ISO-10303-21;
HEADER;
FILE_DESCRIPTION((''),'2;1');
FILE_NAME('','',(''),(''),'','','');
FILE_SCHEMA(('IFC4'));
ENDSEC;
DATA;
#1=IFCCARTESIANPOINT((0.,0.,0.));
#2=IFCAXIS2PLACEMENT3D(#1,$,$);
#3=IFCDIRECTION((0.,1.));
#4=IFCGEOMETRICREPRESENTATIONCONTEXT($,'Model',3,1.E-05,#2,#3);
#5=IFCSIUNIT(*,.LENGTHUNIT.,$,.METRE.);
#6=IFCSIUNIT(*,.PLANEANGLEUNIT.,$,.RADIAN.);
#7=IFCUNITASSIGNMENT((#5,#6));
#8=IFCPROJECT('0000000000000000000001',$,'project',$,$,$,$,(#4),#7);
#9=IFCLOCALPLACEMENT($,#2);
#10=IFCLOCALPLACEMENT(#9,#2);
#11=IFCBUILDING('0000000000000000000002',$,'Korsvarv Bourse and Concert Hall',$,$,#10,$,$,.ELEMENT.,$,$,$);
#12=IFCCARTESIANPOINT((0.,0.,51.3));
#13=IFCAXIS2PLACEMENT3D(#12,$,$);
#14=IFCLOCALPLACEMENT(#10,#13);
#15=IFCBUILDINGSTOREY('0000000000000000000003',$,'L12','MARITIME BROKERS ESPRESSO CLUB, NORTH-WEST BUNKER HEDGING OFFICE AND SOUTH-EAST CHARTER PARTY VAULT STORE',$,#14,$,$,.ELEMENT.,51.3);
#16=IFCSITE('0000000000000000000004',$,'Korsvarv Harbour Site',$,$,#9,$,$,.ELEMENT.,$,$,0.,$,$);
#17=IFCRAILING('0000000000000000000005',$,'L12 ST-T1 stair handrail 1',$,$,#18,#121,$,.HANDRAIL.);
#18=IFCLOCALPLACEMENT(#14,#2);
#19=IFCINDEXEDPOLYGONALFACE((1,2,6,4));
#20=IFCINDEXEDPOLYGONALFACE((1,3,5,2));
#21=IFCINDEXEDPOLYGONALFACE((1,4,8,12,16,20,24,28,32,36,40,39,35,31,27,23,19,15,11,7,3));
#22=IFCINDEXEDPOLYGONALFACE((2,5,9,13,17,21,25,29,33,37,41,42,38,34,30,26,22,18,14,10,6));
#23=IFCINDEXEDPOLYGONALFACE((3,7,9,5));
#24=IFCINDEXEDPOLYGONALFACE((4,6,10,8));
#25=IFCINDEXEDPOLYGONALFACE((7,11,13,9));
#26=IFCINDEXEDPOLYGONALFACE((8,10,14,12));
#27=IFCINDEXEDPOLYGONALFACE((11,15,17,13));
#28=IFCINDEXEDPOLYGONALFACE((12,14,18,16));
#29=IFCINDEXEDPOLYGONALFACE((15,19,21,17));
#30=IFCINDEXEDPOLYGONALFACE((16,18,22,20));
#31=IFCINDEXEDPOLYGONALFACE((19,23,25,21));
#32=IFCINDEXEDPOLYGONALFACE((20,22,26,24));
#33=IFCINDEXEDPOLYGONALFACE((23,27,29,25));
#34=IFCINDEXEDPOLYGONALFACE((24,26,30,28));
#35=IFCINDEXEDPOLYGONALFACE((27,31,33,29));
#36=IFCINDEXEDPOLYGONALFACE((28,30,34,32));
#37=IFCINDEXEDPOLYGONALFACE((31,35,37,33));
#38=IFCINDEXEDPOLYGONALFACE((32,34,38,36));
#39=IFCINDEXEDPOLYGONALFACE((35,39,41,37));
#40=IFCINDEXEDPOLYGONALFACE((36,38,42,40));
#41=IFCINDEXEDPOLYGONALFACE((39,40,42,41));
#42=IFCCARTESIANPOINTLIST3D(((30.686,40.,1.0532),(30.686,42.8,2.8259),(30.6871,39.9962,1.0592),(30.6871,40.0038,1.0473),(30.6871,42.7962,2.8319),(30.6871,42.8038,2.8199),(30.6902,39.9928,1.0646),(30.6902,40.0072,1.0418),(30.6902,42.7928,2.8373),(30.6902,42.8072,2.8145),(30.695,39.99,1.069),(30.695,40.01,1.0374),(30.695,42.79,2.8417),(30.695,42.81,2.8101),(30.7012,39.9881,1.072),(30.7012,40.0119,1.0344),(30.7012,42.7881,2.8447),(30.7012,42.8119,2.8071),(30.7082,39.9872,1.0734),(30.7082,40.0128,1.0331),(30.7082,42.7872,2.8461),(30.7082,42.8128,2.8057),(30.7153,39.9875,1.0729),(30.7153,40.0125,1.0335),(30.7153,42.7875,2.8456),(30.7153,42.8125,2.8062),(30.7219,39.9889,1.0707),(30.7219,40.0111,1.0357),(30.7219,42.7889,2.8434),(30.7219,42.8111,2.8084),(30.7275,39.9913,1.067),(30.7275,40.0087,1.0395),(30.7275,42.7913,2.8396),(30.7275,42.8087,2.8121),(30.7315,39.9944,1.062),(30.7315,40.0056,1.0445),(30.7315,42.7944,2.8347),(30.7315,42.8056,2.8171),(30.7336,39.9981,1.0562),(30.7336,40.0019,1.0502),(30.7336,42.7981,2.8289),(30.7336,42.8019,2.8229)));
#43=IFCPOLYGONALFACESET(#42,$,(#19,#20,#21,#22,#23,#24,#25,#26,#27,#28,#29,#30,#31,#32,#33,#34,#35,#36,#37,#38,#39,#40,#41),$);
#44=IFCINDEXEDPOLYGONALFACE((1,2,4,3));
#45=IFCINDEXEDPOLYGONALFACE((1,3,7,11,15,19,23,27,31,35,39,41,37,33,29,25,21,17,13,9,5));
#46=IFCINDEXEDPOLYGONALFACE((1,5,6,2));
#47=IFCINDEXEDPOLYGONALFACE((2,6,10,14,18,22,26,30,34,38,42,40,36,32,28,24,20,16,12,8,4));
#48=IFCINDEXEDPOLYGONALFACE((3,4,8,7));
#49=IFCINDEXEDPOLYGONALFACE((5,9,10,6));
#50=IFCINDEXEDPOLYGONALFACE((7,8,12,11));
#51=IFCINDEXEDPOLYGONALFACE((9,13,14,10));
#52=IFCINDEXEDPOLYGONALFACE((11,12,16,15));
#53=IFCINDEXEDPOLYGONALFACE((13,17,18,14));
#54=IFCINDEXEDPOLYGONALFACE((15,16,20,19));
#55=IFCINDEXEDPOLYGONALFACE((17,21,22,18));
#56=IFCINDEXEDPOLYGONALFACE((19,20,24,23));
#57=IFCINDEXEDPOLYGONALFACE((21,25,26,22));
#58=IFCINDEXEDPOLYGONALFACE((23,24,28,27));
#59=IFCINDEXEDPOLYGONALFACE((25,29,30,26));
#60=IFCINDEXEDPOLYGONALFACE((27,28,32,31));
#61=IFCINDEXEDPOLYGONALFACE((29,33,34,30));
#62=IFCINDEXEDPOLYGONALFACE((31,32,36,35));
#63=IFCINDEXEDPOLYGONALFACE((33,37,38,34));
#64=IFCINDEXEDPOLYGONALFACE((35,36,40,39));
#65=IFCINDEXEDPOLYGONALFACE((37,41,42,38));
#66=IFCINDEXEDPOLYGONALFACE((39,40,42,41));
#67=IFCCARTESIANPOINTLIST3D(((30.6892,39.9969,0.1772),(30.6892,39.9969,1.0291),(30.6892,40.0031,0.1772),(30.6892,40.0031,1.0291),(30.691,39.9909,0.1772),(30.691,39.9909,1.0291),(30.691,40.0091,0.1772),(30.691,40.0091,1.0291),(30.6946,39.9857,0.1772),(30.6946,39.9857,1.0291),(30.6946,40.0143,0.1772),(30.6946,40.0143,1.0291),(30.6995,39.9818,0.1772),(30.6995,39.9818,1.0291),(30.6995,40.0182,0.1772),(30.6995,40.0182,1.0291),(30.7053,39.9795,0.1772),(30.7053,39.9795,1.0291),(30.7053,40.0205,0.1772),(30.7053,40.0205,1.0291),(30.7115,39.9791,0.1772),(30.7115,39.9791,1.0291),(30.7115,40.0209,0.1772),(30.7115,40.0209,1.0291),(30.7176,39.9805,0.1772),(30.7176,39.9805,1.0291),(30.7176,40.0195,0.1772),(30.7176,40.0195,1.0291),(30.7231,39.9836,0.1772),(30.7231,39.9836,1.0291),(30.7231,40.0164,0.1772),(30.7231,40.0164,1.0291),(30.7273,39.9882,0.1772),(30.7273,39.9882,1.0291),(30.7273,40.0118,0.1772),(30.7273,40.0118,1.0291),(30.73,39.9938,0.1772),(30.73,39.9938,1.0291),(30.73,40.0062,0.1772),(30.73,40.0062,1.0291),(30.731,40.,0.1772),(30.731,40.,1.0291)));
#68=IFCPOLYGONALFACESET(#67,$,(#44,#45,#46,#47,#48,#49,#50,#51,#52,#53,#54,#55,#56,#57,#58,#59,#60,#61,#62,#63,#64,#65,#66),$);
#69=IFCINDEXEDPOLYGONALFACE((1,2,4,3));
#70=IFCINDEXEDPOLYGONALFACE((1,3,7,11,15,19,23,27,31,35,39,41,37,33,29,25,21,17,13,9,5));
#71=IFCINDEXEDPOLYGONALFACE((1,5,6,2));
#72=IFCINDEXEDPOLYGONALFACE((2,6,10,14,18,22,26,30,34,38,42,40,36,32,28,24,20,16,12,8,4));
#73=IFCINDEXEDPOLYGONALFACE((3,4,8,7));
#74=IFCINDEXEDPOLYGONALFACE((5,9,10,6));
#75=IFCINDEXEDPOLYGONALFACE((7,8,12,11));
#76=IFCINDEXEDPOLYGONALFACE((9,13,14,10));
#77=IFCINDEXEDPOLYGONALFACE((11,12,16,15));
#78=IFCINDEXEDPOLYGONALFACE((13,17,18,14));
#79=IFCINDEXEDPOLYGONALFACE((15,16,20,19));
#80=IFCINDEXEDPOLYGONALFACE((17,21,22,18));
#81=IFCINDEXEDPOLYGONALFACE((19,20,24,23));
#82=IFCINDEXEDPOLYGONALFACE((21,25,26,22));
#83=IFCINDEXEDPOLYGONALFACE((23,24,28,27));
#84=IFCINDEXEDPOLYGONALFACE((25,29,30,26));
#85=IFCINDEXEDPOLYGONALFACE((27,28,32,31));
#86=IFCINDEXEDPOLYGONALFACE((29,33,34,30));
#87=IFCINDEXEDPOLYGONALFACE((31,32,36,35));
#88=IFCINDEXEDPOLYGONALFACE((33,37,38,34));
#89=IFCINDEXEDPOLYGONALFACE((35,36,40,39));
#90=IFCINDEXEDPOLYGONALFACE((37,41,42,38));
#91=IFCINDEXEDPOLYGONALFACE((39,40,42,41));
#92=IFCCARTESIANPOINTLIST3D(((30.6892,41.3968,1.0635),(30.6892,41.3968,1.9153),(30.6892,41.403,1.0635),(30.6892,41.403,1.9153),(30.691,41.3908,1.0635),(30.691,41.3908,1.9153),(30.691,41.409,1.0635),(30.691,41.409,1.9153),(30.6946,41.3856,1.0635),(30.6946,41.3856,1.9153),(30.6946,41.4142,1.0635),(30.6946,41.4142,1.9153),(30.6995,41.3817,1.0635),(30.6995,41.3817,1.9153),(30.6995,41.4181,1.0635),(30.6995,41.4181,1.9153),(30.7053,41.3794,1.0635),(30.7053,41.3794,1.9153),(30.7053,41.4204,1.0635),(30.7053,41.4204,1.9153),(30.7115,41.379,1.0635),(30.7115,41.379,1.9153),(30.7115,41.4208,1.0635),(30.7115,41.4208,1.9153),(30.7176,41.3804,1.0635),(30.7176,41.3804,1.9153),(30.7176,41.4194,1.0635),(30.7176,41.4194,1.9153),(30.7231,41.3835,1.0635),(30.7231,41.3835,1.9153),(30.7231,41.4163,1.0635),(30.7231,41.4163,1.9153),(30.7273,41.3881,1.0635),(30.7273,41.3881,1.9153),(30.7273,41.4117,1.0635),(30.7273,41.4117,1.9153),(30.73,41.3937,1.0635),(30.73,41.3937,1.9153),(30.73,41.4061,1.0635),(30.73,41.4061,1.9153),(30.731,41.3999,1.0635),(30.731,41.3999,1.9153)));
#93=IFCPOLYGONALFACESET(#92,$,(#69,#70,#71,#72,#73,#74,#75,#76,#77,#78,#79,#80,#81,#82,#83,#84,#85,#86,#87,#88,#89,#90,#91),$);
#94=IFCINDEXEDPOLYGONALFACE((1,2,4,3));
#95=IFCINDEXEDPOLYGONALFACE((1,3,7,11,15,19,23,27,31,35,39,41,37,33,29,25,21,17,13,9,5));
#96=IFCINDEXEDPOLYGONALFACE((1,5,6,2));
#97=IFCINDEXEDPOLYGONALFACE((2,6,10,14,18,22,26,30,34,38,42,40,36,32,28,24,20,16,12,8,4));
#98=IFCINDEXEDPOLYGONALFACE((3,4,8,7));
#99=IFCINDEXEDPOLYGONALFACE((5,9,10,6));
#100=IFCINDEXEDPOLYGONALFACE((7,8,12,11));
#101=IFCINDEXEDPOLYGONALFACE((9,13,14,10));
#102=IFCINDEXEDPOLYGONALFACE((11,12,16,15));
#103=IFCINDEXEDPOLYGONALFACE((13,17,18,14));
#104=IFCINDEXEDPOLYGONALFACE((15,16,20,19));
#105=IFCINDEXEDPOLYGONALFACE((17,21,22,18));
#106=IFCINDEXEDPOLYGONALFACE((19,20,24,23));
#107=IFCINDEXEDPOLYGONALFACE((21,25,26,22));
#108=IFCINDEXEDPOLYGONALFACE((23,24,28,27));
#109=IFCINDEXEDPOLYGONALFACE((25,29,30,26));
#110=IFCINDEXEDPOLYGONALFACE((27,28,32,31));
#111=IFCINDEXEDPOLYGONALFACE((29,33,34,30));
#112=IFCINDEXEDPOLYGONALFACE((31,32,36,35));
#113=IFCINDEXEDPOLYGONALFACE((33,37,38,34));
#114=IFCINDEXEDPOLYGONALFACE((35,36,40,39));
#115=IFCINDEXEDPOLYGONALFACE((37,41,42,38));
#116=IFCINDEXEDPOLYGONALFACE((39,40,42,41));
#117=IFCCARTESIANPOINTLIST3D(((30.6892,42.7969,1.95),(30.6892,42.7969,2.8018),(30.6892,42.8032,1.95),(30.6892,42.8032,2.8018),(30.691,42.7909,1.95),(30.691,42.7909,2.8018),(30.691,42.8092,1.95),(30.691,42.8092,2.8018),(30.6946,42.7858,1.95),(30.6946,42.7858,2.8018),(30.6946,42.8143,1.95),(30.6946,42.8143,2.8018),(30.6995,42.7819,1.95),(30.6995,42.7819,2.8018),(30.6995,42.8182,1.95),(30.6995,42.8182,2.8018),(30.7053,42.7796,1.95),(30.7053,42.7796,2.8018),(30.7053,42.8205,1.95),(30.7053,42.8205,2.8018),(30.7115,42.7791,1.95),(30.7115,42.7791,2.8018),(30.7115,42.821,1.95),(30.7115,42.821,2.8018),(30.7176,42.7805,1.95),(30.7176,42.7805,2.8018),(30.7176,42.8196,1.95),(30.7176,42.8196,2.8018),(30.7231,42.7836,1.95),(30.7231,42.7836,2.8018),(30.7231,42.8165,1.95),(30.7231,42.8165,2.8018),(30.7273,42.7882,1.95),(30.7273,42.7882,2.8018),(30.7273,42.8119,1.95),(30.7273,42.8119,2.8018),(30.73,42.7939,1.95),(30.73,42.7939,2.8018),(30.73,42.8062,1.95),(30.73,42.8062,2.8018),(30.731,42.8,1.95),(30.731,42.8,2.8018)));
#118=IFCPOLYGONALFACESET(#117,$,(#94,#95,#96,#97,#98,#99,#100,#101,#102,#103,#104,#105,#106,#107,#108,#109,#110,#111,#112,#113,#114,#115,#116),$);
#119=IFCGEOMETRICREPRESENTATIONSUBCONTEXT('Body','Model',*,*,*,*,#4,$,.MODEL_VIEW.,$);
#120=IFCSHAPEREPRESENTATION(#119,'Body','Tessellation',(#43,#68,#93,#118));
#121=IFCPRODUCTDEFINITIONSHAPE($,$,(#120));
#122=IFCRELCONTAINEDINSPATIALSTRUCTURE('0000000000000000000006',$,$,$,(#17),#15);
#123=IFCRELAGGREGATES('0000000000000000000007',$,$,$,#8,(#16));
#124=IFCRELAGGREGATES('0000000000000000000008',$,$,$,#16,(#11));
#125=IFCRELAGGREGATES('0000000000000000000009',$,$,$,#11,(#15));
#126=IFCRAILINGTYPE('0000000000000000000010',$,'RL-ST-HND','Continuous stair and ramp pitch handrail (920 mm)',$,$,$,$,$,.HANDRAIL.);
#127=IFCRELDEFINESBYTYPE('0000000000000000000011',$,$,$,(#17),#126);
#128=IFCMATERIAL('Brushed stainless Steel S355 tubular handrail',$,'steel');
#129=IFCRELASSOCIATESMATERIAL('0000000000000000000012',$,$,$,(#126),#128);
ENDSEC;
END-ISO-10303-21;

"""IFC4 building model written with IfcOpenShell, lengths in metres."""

from ifc_helpers import new_model, si_unit, direction, frame, origin, origin_2d, place, context, subcontext, project, spatial, circle, extrude, material, type_object, element, save


model = new_model("IFC4")

# Units and contexts
model_context = context("Model", 3, precision=1e-05, world=origin(), true_north=direction((0.0, 1.0)))
body_context = subcontext(model_context, "Body", "Model", "MODEL_VIEW")
ifc_project = project(units=[si_unit("LENGTHUNIT", "METRE"), si_unit("PLANEANGLEUNIT", "RADIAN")], contexts=[model_context])

# Site, building, storey
site_placement = place(None, origin())
site = spatial("IfcSite", under=ifc_project, at=site_placement, Name="Korsvarv Harbour Site", CompositionType="ELEMENT", RefElevation=0.0)
building_placement = place(site_placement, origin())
building = spatial("IfcBuilding", under=site, at=building_placement, Name="Korsvarv Bourse and Concert Hall", CompositionType="ELEMENT")
storey_placement = place(building_placement, frame((0.0, 0.0, 51.3)))
storey = spatial("IfcBuildingStorey", under=building, at=storey_placement, Name="L12", Description="MARITIME BROKERS ESPRESSO CLUB, NORTH-WEST BUNKER HEDGING OFFICE AND SOUTH-EAST CHARTER PARTY VAULT STORE", CompositionType="ELEMENT", Elevation=51.3)

# Railing
ifc_material_1 = material(Name="Brushed stainless Steel S355 tubular handrail", Category="steel")
railing_type_1 = type_object("IfcRailingType", Name="RL-ST-HND", Description="Continuous stair and ramp pitch handrail (920 mm)", PredefinedType="HANDRAIL", material=ifc_material_1)
railing_1_placement = place(storey_placement, frame((30.71, 40.0, 0.1772)))
element("IfcRailing", 1, at=railing_1_placement, inside=storey, type_object=railing_type_1, Name="L12 ST-T1 stair handrail 1", PredefinedType="HANDRAIL", context=body_context, shape_type="SweptSolid", body=[
    extrude(circle(Radius=0.0239, at=origin_2d()), frame((0.0, 0.0, 0.876), z_axis=(0.0, 0.844909, 0.53491), x_axis=(-1.0, 0.0, 0.0)), (0.0, 0.0, 1.0), 3.314),
    extrude(circle(Radius=0.021, at=origin_2d()), origin(), (0.0, 0.0, 1.0), 0.8518),
    extrude(circle(Radius=0.021, at=origin_2d()), frame((0.0, 1.3999, 0.8862)), (0.0, 0.0, 1.0), 0.8518),
    extrude(circle(Radius=0.021, at=origin_2d()), frame((0.0, 2.8, 1.7727)), (0.0, 0.0, 1.0), 0.8518),
])

save(model, "model.ifc")
